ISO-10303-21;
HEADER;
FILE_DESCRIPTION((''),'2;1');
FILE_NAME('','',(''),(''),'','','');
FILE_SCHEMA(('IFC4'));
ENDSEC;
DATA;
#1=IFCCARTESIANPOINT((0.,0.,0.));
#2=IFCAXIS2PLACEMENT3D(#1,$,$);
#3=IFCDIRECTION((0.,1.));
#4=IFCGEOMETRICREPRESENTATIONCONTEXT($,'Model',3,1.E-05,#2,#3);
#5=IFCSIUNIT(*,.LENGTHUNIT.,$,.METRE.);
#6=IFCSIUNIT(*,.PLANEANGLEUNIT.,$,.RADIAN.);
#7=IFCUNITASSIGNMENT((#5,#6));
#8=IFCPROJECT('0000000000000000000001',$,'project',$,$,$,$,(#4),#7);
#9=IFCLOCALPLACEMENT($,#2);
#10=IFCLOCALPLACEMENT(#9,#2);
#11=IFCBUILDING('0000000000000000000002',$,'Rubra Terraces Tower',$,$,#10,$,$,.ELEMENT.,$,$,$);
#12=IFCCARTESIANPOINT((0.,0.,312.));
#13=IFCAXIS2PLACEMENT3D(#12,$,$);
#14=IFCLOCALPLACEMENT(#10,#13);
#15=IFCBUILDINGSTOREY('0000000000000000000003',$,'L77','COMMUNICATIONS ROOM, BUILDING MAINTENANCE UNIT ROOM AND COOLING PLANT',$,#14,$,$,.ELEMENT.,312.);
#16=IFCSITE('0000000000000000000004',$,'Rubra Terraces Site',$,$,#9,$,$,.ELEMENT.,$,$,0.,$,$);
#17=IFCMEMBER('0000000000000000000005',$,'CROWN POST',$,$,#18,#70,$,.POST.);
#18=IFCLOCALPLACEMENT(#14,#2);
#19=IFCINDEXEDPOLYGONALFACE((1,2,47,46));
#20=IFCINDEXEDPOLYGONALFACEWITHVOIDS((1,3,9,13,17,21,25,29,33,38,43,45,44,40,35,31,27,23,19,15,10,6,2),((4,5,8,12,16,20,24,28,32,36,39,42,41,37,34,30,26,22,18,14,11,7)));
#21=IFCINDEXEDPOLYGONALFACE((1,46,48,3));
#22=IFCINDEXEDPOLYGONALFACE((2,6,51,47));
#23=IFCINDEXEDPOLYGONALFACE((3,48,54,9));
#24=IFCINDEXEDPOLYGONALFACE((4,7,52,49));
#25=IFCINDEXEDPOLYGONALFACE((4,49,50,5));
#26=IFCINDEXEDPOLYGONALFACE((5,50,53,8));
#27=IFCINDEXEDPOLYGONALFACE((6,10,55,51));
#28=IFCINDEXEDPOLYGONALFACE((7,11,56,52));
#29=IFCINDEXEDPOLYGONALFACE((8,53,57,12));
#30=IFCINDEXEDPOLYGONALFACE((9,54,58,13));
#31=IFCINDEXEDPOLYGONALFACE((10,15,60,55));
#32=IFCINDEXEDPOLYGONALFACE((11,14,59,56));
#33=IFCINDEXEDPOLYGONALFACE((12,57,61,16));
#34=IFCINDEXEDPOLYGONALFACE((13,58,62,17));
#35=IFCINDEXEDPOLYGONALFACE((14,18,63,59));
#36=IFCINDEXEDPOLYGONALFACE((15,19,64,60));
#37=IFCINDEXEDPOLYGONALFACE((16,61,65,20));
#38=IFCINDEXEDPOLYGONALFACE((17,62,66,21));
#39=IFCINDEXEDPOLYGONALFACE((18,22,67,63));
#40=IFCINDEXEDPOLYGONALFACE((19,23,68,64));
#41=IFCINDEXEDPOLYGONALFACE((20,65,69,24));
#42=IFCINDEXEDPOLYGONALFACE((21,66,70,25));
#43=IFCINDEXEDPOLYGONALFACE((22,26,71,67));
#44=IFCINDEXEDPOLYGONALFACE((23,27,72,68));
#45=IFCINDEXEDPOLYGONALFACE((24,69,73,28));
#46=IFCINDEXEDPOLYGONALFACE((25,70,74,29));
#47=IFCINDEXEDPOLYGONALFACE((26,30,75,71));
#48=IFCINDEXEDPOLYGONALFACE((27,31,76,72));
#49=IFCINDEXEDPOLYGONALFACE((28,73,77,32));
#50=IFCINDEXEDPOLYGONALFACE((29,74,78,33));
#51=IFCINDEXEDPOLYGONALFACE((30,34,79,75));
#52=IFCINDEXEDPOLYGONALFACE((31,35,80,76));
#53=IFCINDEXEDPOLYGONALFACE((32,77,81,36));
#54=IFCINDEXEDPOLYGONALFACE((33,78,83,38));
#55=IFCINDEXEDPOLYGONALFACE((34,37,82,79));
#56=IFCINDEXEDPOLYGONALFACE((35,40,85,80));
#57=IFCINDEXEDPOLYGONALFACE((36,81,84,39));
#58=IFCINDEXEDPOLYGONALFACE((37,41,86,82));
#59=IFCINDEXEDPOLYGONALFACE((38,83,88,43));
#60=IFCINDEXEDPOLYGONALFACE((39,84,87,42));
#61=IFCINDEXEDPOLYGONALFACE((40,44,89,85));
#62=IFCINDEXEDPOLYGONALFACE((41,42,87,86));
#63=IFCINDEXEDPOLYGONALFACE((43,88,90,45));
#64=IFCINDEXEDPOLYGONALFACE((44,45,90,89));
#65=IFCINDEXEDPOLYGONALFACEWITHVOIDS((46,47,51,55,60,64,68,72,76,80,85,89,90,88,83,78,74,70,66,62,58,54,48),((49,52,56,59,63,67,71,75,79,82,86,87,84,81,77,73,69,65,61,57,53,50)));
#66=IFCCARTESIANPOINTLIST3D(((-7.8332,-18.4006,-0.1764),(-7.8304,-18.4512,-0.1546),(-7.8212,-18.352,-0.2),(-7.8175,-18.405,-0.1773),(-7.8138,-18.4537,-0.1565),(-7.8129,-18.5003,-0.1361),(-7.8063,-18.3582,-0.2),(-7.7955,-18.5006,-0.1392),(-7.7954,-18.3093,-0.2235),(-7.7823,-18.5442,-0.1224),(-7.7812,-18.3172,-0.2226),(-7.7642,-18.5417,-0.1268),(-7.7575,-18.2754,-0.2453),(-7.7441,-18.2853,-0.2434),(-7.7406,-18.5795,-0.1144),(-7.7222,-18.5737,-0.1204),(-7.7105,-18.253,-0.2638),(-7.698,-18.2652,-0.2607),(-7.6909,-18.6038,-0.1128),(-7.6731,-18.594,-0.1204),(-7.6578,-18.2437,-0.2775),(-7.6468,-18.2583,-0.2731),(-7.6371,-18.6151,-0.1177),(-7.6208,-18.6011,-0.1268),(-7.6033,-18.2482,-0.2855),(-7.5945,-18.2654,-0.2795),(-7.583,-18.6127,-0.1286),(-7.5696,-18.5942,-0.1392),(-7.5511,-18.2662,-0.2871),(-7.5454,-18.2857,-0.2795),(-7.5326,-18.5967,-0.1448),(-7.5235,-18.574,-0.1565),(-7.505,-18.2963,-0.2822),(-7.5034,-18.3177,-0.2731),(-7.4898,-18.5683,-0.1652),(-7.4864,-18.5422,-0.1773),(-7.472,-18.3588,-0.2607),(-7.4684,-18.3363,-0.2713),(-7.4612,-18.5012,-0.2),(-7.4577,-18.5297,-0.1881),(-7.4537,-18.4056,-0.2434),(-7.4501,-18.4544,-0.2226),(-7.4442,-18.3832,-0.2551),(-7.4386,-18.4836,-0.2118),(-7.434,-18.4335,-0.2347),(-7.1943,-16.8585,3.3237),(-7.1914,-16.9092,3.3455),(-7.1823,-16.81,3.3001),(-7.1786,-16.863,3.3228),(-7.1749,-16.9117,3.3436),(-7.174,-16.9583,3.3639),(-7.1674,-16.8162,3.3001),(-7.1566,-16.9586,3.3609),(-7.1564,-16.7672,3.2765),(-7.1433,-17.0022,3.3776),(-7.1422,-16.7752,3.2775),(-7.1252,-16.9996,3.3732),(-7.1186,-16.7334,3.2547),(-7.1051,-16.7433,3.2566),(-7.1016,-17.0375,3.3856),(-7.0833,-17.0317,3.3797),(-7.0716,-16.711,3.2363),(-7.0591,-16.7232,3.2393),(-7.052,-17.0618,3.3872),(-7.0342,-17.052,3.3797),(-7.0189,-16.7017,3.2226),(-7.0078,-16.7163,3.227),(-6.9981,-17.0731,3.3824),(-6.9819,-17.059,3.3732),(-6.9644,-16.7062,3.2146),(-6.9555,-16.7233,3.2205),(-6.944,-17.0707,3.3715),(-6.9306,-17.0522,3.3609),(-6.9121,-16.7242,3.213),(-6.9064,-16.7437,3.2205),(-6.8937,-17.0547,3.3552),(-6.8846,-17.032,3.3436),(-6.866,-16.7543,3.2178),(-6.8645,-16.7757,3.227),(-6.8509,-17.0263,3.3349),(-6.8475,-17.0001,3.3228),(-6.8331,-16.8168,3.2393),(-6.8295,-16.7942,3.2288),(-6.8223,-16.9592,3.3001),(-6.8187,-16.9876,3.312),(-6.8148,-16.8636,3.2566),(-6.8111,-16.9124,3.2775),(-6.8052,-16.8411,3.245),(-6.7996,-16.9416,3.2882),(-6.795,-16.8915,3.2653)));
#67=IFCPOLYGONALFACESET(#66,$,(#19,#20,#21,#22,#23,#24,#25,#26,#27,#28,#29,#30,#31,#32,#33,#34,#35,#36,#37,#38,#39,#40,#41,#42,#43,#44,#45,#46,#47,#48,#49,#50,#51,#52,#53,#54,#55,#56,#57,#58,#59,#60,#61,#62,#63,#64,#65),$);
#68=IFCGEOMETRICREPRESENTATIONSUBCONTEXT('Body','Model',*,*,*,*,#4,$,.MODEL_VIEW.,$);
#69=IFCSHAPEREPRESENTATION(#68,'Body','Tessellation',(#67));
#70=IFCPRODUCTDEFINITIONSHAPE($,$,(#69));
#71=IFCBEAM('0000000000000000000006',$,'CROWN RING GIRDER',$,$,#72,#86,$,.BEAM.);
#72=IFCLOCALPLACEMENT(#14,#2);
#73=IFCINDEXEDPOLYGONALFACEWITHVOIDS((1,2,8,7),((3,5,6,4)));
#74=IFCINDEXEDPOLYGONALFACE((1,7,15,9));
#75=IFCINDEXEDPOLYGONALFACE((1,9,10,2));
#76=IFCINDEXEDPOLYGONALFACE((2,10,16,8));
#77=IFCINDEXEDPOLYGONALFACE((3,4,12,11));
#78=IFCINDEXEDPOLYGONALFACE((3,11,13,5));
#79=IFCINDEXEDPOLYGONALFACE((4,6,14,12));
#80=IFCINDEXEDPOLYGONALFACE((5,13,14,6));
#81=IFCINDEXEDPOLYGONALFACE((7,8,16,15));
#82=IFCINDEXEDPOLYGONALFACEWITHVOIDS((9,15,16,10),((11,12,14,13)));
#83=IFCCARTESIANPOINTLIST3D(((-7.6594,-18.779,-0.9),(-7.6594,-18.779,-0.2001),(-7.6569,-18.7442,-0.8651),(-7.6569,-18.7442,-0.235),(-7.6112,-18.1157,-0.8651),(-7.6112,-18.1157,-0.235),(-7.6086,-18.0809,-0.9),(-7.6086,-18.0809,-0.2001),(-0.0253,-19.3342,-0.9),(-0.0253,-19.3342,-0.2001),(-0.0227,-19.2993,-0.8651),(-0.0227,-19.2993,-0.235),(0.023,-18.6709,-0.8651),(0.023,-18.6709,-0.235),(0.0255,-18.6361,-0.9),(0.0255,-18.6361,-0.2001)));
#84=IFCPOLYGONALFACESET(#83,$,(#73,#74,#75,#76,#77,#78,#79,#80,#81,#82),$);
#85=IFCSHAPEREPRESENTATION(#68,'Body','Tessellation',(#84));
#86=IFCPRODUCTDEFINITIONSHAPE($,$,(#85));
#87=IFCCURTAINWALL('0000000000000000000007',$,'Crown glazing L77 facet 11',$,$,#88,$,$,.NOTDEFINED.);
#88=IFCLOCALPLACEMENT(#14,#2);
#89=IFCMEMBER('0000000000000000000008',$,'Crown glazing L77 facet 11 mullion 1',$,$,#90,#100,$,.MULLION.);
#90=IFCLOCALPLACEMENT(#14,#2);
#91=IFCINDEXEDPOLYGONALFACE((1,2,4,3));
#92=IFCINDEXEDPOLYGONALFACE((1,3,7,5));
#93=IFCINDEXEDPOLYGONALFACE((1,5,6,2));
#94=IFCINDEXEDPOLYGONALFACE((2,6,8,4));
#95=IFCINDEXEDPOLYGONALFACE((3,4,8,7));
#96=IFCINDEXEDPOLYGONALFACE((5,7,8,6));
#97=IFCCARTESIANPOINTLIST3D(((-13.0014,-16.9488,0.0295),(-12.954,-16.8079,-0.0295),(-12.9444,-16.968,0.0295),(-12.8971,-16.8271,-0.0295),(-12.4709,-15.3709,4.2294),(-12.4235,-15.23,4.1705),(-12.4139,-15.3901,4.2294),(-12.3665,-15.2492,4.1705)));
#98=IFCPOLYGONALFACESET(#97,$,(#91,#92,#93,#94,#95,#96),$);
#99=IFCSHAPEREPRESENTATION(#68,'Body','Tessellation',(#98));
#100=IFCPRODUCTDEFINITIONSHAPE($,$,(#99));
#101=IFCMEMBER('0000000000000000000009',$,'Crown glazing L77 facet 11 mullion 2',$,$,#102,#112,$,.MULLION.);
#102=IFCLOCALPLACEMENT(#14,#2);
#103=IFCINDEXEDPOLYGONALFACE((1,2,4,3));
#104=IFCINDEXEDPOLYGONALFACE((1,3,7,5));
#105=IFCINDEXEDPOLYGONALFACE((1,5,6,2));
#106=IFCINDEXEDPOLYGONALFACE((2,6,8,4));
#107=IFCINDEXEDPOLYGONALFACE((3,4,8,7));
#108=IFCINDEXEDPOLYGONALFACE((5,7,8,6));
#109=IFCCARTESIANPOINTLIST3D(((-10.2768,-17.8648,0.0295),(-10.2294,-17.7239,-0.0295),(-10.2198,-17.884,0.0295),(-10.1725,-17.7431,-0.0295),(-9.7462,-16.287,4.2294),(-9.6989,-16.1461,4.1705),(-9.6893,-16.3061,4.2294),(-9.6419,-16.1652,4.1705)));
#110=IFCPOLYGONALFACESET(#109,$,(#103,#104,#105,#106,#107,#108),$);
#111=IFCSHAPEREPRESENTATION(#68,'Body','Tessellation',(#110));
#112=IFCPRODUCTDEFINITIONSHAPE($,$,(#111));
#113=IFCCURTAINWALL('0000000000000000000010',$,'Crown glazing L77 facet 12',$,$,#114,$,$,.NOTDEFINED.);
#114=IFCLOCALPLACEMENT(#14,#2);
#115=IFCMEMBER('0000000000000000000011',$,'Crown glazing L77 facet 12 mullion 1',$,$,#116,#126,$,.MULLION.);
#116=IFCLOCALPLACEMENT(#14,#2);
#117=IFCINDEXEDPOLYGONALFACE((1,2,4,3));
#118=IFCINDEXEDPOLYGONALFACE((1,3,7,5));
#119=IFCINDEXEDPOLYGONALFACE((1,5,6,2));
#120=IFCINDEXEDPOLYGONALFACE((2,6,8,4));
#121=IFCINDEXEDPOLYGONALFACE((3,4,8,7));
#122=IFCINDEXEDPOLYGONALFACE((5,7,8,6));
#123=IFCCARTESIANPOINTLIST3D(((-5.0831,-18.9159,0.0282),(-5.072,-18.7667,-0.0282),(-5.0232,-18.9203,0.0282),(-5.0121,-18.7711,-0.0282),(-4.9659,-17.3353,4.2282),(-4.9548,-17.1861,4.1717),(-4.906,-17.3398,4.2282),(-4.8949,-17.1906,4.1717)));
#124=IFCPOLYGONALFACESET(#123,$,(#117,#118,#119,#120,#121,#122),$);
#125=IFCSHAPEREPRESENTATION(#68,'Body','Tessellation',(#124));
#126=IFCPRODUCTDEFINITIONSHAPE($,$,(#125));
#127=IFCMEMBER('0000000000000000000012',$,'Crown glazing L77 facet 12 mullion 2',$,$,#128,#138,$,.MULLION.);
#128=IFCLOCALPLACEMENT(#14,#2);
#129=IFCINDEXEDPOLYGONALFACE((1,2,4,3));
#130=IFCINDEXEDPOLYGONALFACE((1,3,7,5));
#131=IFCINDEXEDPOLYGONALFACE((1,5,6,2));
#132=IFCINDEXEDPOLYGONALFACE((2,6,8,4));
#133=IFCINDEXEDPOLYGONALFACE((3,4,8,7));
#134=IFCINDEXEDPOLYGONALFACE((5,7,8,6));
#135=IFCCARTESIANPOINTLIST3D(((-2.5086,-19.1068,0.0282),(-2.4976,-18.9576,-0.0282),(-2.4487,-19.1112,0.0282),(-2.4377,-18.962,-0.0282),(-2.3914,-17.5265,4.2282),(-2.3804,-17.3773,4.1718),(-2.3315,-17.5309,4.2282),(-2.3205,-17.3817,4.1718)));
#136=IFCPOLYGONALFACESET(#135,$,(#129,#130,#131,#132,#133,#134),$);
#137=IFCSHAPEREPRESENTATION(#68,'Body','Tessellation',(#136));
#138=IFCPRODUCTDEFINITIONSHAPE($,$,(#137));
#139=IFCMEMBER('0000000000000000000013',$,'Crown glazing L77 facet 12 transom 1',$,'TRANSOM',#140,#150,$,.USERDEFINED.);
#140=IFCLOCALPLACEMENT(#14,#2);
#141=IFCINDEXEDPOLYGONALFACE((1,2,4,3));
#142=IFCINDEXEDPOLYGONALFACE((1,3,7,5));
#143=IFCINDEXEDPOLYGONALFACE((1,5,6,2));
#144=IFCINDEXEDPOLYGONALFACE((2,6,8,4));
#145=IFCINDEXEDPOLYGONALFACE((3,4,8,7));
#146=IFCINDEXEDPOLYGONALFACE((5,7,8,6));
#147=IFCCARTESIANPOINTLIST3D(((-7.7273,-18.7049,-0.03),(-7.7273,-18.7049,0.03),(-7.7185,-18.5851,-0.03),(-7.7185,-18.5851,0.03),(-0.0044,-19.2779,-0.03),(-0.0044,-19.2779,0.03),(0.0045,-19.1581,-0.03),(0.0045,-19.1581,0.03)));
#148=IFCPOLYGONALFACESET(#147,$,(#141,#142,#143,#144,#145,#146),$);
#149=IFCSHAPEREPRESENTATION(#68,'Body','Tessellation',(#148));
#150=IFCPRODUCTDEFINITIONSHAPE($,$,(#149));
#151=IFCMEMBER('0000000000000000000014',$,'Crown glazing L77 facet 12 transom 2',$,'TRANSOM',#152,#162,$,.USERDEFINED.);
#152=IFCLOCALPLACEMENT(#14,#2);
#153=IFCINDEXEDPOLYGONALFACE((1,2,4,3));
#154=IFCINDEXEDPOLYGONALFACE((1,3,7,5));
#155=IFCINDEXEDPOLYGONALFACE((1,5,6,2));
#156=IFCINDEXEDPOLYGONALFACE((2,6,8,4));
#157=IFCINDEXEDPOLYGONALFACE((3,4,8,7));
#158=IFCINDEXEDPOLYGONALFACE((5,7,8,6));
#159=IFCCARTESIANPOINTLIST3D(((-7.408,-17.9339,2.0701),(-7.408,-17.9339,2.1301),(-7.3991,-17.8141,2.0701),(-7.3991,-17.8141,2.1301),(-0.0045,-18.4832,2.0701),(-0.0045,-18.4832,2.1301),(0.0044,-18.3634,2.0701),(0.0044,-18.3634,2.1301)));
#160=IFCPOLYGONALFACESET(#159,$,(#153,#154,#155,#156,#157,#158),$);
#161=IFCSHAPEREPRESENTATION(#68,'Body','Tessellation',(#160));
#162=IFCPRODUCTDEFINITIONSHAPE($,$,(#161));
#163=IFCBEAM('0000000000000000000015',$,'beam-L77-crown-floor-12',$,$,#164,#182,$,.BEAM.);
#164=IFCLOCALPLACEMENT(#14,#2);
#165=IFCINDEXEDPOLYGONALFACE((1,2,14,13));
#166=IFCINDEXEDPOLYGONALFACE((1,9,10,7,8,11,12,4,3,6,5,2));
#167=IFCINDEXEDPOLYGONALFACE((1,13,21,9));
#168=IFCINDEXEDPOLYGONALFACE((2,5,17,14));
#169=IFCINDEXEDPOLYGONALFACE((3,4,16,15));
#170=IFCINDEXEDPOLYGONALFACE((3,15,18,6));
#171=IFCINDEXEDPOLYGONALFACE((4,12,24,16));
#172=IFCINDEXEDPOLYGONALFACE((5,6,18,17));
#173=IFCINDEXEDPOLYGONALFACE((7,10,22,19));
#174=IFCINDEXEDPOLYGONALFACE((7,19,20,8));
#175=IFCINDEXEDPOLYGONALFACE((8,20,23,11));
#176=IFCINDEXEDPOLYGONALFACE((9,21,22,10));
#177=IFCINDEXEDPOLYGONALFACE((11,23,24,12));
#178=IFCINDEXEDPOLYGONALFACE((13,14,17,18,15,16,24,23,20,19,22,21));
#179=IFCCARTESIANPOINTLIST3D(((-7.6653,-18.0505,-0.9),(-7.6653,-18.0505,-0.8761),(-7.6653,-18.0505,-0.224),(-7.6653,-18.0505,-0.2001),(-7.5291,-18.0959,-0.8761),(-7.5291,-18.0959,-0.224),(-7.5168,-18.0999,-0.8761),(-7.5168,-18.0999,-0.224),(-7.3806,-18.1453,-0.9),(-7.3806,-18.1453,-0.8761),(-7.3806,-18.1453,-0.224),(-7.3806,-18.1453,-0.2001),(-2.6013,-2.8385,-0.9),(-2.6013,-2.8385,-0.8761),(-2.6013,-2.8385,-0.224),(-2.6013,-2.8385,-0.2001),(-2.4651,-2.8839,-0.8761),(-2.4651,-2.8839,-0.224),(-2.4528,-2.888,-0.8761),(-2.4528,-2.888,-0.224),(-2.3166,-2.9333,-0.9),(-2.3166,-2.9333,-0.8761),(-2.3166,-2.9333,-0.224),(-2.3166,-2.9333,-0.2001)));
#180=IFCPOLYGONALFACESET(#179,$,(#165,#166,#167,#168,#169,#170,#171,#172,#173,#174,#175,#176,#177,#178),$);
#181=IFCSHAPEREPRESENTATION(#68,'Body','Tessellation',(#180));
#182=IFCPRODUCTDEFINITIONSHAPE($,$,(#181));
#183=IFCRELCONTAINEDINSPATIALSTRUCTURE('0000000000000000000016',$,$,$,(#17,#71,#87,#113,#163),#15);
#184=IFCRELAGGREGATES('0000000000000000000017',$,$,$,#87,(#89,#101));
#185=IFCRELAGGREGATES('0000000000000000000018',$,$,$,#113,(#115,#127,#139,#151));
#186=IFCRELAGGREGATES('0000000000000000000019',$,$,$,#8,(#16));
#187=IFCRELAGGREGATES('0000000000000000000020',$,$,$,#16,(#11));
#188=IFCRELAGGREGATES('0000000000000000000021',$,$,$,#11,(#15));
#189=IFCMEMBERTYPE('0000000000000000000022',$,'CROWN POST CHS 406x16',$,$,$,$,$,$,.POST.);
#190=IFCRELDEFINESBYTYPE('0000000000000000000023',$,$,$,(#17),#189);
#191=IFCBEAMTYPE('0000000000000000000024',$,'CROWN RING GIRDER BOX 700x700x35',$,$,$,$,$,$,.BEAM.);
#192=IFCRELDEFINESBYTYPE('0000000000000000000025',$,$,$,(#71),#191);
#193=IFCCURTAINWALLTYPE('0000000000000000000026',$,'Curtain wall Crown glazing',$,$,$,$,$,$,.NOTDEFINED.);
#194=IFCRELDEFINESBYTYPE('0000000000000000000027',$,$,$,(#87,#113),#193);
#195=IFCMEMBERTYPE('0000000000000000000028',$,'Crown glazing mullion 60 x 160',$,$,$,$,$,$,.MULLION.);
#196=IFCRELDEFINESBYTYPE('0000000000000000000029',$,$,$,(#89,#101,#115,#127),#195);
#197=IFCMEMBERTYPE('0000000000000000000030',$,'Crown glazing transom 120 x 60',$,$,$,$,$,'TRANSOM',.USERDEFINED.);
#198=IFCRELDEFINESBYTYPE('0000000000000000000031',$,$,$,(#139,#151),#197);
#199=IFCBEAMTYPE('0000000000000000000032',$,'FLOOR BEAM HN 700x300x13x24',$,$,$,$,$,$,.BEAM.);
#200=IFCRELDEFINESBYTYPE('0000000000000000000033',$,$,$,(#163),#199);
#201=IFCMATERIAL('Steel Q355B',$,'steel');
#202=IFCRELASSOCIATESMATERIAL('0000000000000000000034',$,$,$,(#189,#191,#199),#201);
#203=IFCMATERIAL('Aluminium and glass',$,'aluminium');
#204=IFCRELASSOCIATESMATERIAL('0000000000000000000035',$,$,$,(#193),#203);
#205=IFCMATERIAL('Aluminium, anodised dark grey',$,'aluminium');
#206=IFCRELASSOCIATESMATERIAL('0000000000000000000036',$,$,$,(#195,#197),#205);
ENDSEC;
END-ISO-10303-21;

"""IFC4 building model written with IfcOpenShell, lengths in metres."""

from ifc_helpers import new_model, si_unit, direction, frame, origin, origin_2d, place, context, subcontext, project, spatial, rectangle, hollow_rectangle, hollow_circle, i_section, extrude, material, material_profile, profile_set, type_object, element, aggregate, save


model = new_model("IFC4")

# Units and contexts
model_context = context("Model", 3, precision=1e-05, world=origin(), true_north=direction((0.0, 1.0)))
body_context = subcontext(model_context, "Body", "Model", "MODEL_VIEW")
ifc_project = project(units=[si_unit("LENGTHUNIT", "METRE"), si_unit("PLANEANGLEUNIT", "RADIAN")], contexts=[model_context])

# Site, building, storey
site_placement = place(None, origin())
site = spatial("IfcSite", under=ifc_project, at=site_placement, Name="Rubra Terraces Site", CompositionType="ELEMENT", RefElevation=0.0)
building_placement = place(site_placement, origin())
building = spatial("IfcBuilding", under=site, at=building_placement, Name="Rubra Terraces Tower", CompositionType="ELEMENT")
storey_placement = place(building_placement, frame((0.0, 0.0, 312.0)))
storey = spatial("IfcBuildingStorey", under=building, at=storey_placement, Name="L77", Description="COMMUNICATIONS ROOM, BUILDING MAINTENANCE UNIT ROOM AND COOLING PLANT", CompositionType="ELEMENT", Elevation=312.0)

# Member
ifc_material_1 = material(Name="Steel Q355B", Category="steel")
ifc_material_profile_1 = material_profile(ifc_material_1, hollow_circle(Radius=0.2029, WallThickness=0.0161, at=origin_2d()), Name="CHS 406x16")
ifc_profile_set_1 = profile_set([ifc_material_profile_1], Name="Steel Q355B")
member_type_1 = type_object("IfcMemberType", Name="CROWN POST CHS 406x16", PredefinedType="POST", material=ifc_profile_set_1)
member_1_placement = place(storey_placement, frame((-7.6338, -18.4297, -0.2), z_axis=(0.16477, 0.397664, 0.902615), x_axis=(-0.923837, 0.382787, 0.0)))
element("IfcMember", 1, at=member_1_placement, inside=storey, type_object=member_type_1, Name="CROWN POST", PredefinedType="POST", context=body_context, shape_type="SweptSolid", body=[
    extrude(hollow_circle(Radius=0.2029, WallThickness=0.0161, at=origin_2d()), origin(), (0.0, 0.0, 1.0), 3.8777),
])

# Beam
ifc_material_profile_2 = material_profile(ifc_material_1, hollow_rectangle(XDim=0.7, YDim=0.7, WallThickness=0.0349, at=origin_2d()), Name="BOX 700x700x35")
ifc_profile_set_2 = profile_set([ifc_material_profile_2], Name="Steel Q355B")
beam_type_1 = type_object("IfcBeamType", Name="CROWN RING GIRDER BOX 700x700x35", PredefinedType="BEAM", material=ifc_profile_set_2)
beam_1_placement = place(storey_placement, frame((-7.634, -18.4299, -0.55), z_axis=(0.997366, -0.072532, 0.0), x_axis=(0.072532, 0.997366, 0.0)))
element("IfcBeam", 2, at=beam_1_placement, inside=storey, type_object=beam_type_1, Name="CROWN RING GIRDER", PredefinedType="BEAM", context=body_context, shape_type="SweptSolid", body=[
    extrude(hollow_rectangle(XDim=0.7, YDim=0.7, WallThickness=0.0349, at=origin_2d()), origin(), (0.0, 0.0, 1.0), 7.6543),
])

# Curtain walls, members
ifc_material_2 = material(Name="Aluminium and glass", Category="aluminium")
curtain_wall_type = type_object("IfcCurtainWallType", Name="Curtain wall Crown glazing", PredefinedType="NOTDEFINED", material=ifc_material_2)
curtain_wall_1_placement = place(storey_placement, origin())
curtain_wall_1 = element("IfcCurtainWall", 3, at=curtain_wall_1_placement, inside=storey, type_object=curtain_wall_type, Name="Crown glazing L77 facet 11", PredefinedType="NOTDEFINED")
ifc_material_3 = material(Name="Aluminium, anodised dark grey", Category="aluminium")
ifc_material_profile_3 = material_profile(ifc_material_3, rectangle(XDim=0.0601, YDim=0.1599, at=origin_2d()), Name="AL 60x160")
ifc_profile_set_3 = profile_set([ifc_material_profile_3], Name="Aluminium, anodised dark grey")
member_type_2 = type_object("IfcMemberType", Name="Crown glazing mullion 60 x 160", PredefinedType="MULLION", material=ifc_profile_set_3)
member_2_placement = place(storey_placement, frame((-12.9492, -16.8879, 0.0), z_axis=(0.117428, 0.349257, 0.92964), x_axis=(-0.947859, 0.318691, 0.0)))
member_2 = element("IfcMember", 4, at=member_2_placement, type_object=member_type_2, Name="Crown glazing L77 facet 11 mullion 1", PredefinedType="MULLION", context=body_context, shape_type="SweptSolid", body=[
    extrude(rectangle(XDim=0.0601, YDim=0.1599, at=origin_2d()), origin(), (0.0, 0.0, 1.0), 4.5178),
])
member_3_placement = place(storey_placement, frame((-10.2246, -17.804, 0.0), z_axis=(0.117428, 0.349257, 0.92964), x_axis=(-0.947859, 0.318691, 0.0)))
member_3 = element("IfcMember", 5, at=member_3_placement, type_object=member_type_2, Name="Crown glazing L77 facet 11 mullion 2", PredefinedType="MULLION", context=body_context, shape_type="SweptSolid", body=[
    extrude(rectangle(XDim=0.0601, YDim=0.1599, at=origin_2d()), origin(), (0.0, 0.0, 1.0), 4.5178),
])
curtain_wall_2_placement = place(storey_placement, origin())
curtain_wall_2 = element("IfcCurtainWall", 6, at=curtain_wall_2_placement, inside=storey, type_object=curtain_wall_type, Name="Crown glazing L77 facet 12", PredefinedType="NOTDEFINED")
member_4_placement = place(storey_placement, frame((-5.0476, -18.8435, 0.0), z_axis=(0.026105, 0.352094, 0.9356), x_axis=(-0.997263, 0.07394, 0.0)))
member_4 = element("IfcMember", 7, at=member_4_placement, type_object=member_type_2, Name="Crown glazing L77 facet 12 mullion 1", PredefinedType="MULLION", context=body_context, shape_type="SweptSolid", body=[
    extrude(rectangle(XDim=0.0601, YDim=0.1599, at=origin_2d()), origin(), (0.0, 0.0, 1.0), 4.489),
])
member_5_placement = place(storey_placement, frame((-2.4731, -19.0344, 0.0), z_axis=(0.026106, 0.352047, 0.935618), x_axis=(-0.997262, 0.073951, 0.0)))
member_5 = element("IfcMember", 8, at=member_5_placement, type_object=member_type_2, Name="Crown glazing L77 facet 12 mullion 2", PredefinedType="MULLION", context=body_context, shape_type="SweptSolid", body=[
    extrude(rectangle(XDim=0.0601, YDim=0.1599, at=origin_2d()), origin(), (0.0, 0.0, 1.0), 4.489),
])
ifc_material_profile_4 = material_profile(ifc_material_3, rectangle(XDim=0.1201, YDim=0.0601, at=origin_2d()), Name="AL 120x60")
ifc_profile_set_4 = profile_set([ifc_material_profile_4], Name="Aluminium, anodised dark grey")
member_type_3 = type_object("IfcMemberType", Name="Crown glazing transom 120 x 60", ElementType="TRANSOM", PredefinedType="USERDEFINED", material=ifc_profile_set_4)
member_6_placement = place(storey_placement, frame((-7.7229, -18.645, 0.0), z_axis=(0.997259, -0.073991, 0.0), x_axis=(0.073991, 0.997259, 0.0)))
member_6 = element("IfcMember", 9, at=member_6_placement, type_object=member_type_3, Name="Crown glazing L77 facet 12 transom 1", ObjectType="TRANSOM", PredefinedType="USERDEFINED", context=body_context, shape_type="SweptSolid", body=[
    extrude(rectangle(XDim=0.1201, YDim=0.0601, at=origin_2d()), origin(), (0.0, 0.0, 1.0), 7.7441),
])
member_7_placement = place(storey_placement, frame((-7.4036, -17.874, 2.1001), z_axis=(0.997259, -0.073993, 0.0), x_axis=(0.073993, 0.997259, 0.0)))
member_7 = element("IfcMember", 10, at=member_7_placement, type_object=member_type_3, Name="Crown glazing L77 facet 12 transom 2", ObjectType="TRANSOM", PredefinedType="USERDEFINED", context=body_context, shape_type="SweptSolid", body=[
    extrude(rectangle(XDim=0.1201, YDim=0.0601, at=origin_2d()), origin(), (0.0, 0.0, 1.0), 7.4238),
])

# Beam
ifc_material_profile_5 = material_profile(ifc_material_1, i_section(OverallWidth=0.3, OverallDepth=0.7, WebThickness=0.0129, FlangeThickness=0.0239, at=origin_2d()), Name="HN 700x300x13x24")
ifc_profile_set_5 = profile_set([ifc_material_profile_5], Name="Steel Q355B")
beam_type_2 = type_object("IfcBeamType", Name="FLOOR BEAM HN 700x300x13x24", PredefinedType="BEAM", material=ifc_profile_set_5)
beam_2_placement = place(storey_placement, frame((-7.5229, -18.0979, -0.55), z_axis=(0.315853, 0.948808, 0.0), x_axis=(-0.948808, 0.315853, 0.0)))
element("IfcBeam", 11, at=beam_2_placement, inside=storey, type_object=beam_type_2, Name="beam-L77-crown-floor-12", PredefinedType="BEAM", context=body_context, shape_type="SweptSolid", body=[
    extrude(i_section(OverallWidth=0.3, OverallDepth=0.7, WebThickness=0.0129, FlangeThickness=0.0239, at=origin_2d()), origin(), (0.0, 0.0, 1.0), 16.0327),
])

aggregate(curtain_wall_1, [member_2, member_3])
aggregate(curtain_wall_2, [member_4, member_5, member_6, member_7])

save(model, "model.ifc")
